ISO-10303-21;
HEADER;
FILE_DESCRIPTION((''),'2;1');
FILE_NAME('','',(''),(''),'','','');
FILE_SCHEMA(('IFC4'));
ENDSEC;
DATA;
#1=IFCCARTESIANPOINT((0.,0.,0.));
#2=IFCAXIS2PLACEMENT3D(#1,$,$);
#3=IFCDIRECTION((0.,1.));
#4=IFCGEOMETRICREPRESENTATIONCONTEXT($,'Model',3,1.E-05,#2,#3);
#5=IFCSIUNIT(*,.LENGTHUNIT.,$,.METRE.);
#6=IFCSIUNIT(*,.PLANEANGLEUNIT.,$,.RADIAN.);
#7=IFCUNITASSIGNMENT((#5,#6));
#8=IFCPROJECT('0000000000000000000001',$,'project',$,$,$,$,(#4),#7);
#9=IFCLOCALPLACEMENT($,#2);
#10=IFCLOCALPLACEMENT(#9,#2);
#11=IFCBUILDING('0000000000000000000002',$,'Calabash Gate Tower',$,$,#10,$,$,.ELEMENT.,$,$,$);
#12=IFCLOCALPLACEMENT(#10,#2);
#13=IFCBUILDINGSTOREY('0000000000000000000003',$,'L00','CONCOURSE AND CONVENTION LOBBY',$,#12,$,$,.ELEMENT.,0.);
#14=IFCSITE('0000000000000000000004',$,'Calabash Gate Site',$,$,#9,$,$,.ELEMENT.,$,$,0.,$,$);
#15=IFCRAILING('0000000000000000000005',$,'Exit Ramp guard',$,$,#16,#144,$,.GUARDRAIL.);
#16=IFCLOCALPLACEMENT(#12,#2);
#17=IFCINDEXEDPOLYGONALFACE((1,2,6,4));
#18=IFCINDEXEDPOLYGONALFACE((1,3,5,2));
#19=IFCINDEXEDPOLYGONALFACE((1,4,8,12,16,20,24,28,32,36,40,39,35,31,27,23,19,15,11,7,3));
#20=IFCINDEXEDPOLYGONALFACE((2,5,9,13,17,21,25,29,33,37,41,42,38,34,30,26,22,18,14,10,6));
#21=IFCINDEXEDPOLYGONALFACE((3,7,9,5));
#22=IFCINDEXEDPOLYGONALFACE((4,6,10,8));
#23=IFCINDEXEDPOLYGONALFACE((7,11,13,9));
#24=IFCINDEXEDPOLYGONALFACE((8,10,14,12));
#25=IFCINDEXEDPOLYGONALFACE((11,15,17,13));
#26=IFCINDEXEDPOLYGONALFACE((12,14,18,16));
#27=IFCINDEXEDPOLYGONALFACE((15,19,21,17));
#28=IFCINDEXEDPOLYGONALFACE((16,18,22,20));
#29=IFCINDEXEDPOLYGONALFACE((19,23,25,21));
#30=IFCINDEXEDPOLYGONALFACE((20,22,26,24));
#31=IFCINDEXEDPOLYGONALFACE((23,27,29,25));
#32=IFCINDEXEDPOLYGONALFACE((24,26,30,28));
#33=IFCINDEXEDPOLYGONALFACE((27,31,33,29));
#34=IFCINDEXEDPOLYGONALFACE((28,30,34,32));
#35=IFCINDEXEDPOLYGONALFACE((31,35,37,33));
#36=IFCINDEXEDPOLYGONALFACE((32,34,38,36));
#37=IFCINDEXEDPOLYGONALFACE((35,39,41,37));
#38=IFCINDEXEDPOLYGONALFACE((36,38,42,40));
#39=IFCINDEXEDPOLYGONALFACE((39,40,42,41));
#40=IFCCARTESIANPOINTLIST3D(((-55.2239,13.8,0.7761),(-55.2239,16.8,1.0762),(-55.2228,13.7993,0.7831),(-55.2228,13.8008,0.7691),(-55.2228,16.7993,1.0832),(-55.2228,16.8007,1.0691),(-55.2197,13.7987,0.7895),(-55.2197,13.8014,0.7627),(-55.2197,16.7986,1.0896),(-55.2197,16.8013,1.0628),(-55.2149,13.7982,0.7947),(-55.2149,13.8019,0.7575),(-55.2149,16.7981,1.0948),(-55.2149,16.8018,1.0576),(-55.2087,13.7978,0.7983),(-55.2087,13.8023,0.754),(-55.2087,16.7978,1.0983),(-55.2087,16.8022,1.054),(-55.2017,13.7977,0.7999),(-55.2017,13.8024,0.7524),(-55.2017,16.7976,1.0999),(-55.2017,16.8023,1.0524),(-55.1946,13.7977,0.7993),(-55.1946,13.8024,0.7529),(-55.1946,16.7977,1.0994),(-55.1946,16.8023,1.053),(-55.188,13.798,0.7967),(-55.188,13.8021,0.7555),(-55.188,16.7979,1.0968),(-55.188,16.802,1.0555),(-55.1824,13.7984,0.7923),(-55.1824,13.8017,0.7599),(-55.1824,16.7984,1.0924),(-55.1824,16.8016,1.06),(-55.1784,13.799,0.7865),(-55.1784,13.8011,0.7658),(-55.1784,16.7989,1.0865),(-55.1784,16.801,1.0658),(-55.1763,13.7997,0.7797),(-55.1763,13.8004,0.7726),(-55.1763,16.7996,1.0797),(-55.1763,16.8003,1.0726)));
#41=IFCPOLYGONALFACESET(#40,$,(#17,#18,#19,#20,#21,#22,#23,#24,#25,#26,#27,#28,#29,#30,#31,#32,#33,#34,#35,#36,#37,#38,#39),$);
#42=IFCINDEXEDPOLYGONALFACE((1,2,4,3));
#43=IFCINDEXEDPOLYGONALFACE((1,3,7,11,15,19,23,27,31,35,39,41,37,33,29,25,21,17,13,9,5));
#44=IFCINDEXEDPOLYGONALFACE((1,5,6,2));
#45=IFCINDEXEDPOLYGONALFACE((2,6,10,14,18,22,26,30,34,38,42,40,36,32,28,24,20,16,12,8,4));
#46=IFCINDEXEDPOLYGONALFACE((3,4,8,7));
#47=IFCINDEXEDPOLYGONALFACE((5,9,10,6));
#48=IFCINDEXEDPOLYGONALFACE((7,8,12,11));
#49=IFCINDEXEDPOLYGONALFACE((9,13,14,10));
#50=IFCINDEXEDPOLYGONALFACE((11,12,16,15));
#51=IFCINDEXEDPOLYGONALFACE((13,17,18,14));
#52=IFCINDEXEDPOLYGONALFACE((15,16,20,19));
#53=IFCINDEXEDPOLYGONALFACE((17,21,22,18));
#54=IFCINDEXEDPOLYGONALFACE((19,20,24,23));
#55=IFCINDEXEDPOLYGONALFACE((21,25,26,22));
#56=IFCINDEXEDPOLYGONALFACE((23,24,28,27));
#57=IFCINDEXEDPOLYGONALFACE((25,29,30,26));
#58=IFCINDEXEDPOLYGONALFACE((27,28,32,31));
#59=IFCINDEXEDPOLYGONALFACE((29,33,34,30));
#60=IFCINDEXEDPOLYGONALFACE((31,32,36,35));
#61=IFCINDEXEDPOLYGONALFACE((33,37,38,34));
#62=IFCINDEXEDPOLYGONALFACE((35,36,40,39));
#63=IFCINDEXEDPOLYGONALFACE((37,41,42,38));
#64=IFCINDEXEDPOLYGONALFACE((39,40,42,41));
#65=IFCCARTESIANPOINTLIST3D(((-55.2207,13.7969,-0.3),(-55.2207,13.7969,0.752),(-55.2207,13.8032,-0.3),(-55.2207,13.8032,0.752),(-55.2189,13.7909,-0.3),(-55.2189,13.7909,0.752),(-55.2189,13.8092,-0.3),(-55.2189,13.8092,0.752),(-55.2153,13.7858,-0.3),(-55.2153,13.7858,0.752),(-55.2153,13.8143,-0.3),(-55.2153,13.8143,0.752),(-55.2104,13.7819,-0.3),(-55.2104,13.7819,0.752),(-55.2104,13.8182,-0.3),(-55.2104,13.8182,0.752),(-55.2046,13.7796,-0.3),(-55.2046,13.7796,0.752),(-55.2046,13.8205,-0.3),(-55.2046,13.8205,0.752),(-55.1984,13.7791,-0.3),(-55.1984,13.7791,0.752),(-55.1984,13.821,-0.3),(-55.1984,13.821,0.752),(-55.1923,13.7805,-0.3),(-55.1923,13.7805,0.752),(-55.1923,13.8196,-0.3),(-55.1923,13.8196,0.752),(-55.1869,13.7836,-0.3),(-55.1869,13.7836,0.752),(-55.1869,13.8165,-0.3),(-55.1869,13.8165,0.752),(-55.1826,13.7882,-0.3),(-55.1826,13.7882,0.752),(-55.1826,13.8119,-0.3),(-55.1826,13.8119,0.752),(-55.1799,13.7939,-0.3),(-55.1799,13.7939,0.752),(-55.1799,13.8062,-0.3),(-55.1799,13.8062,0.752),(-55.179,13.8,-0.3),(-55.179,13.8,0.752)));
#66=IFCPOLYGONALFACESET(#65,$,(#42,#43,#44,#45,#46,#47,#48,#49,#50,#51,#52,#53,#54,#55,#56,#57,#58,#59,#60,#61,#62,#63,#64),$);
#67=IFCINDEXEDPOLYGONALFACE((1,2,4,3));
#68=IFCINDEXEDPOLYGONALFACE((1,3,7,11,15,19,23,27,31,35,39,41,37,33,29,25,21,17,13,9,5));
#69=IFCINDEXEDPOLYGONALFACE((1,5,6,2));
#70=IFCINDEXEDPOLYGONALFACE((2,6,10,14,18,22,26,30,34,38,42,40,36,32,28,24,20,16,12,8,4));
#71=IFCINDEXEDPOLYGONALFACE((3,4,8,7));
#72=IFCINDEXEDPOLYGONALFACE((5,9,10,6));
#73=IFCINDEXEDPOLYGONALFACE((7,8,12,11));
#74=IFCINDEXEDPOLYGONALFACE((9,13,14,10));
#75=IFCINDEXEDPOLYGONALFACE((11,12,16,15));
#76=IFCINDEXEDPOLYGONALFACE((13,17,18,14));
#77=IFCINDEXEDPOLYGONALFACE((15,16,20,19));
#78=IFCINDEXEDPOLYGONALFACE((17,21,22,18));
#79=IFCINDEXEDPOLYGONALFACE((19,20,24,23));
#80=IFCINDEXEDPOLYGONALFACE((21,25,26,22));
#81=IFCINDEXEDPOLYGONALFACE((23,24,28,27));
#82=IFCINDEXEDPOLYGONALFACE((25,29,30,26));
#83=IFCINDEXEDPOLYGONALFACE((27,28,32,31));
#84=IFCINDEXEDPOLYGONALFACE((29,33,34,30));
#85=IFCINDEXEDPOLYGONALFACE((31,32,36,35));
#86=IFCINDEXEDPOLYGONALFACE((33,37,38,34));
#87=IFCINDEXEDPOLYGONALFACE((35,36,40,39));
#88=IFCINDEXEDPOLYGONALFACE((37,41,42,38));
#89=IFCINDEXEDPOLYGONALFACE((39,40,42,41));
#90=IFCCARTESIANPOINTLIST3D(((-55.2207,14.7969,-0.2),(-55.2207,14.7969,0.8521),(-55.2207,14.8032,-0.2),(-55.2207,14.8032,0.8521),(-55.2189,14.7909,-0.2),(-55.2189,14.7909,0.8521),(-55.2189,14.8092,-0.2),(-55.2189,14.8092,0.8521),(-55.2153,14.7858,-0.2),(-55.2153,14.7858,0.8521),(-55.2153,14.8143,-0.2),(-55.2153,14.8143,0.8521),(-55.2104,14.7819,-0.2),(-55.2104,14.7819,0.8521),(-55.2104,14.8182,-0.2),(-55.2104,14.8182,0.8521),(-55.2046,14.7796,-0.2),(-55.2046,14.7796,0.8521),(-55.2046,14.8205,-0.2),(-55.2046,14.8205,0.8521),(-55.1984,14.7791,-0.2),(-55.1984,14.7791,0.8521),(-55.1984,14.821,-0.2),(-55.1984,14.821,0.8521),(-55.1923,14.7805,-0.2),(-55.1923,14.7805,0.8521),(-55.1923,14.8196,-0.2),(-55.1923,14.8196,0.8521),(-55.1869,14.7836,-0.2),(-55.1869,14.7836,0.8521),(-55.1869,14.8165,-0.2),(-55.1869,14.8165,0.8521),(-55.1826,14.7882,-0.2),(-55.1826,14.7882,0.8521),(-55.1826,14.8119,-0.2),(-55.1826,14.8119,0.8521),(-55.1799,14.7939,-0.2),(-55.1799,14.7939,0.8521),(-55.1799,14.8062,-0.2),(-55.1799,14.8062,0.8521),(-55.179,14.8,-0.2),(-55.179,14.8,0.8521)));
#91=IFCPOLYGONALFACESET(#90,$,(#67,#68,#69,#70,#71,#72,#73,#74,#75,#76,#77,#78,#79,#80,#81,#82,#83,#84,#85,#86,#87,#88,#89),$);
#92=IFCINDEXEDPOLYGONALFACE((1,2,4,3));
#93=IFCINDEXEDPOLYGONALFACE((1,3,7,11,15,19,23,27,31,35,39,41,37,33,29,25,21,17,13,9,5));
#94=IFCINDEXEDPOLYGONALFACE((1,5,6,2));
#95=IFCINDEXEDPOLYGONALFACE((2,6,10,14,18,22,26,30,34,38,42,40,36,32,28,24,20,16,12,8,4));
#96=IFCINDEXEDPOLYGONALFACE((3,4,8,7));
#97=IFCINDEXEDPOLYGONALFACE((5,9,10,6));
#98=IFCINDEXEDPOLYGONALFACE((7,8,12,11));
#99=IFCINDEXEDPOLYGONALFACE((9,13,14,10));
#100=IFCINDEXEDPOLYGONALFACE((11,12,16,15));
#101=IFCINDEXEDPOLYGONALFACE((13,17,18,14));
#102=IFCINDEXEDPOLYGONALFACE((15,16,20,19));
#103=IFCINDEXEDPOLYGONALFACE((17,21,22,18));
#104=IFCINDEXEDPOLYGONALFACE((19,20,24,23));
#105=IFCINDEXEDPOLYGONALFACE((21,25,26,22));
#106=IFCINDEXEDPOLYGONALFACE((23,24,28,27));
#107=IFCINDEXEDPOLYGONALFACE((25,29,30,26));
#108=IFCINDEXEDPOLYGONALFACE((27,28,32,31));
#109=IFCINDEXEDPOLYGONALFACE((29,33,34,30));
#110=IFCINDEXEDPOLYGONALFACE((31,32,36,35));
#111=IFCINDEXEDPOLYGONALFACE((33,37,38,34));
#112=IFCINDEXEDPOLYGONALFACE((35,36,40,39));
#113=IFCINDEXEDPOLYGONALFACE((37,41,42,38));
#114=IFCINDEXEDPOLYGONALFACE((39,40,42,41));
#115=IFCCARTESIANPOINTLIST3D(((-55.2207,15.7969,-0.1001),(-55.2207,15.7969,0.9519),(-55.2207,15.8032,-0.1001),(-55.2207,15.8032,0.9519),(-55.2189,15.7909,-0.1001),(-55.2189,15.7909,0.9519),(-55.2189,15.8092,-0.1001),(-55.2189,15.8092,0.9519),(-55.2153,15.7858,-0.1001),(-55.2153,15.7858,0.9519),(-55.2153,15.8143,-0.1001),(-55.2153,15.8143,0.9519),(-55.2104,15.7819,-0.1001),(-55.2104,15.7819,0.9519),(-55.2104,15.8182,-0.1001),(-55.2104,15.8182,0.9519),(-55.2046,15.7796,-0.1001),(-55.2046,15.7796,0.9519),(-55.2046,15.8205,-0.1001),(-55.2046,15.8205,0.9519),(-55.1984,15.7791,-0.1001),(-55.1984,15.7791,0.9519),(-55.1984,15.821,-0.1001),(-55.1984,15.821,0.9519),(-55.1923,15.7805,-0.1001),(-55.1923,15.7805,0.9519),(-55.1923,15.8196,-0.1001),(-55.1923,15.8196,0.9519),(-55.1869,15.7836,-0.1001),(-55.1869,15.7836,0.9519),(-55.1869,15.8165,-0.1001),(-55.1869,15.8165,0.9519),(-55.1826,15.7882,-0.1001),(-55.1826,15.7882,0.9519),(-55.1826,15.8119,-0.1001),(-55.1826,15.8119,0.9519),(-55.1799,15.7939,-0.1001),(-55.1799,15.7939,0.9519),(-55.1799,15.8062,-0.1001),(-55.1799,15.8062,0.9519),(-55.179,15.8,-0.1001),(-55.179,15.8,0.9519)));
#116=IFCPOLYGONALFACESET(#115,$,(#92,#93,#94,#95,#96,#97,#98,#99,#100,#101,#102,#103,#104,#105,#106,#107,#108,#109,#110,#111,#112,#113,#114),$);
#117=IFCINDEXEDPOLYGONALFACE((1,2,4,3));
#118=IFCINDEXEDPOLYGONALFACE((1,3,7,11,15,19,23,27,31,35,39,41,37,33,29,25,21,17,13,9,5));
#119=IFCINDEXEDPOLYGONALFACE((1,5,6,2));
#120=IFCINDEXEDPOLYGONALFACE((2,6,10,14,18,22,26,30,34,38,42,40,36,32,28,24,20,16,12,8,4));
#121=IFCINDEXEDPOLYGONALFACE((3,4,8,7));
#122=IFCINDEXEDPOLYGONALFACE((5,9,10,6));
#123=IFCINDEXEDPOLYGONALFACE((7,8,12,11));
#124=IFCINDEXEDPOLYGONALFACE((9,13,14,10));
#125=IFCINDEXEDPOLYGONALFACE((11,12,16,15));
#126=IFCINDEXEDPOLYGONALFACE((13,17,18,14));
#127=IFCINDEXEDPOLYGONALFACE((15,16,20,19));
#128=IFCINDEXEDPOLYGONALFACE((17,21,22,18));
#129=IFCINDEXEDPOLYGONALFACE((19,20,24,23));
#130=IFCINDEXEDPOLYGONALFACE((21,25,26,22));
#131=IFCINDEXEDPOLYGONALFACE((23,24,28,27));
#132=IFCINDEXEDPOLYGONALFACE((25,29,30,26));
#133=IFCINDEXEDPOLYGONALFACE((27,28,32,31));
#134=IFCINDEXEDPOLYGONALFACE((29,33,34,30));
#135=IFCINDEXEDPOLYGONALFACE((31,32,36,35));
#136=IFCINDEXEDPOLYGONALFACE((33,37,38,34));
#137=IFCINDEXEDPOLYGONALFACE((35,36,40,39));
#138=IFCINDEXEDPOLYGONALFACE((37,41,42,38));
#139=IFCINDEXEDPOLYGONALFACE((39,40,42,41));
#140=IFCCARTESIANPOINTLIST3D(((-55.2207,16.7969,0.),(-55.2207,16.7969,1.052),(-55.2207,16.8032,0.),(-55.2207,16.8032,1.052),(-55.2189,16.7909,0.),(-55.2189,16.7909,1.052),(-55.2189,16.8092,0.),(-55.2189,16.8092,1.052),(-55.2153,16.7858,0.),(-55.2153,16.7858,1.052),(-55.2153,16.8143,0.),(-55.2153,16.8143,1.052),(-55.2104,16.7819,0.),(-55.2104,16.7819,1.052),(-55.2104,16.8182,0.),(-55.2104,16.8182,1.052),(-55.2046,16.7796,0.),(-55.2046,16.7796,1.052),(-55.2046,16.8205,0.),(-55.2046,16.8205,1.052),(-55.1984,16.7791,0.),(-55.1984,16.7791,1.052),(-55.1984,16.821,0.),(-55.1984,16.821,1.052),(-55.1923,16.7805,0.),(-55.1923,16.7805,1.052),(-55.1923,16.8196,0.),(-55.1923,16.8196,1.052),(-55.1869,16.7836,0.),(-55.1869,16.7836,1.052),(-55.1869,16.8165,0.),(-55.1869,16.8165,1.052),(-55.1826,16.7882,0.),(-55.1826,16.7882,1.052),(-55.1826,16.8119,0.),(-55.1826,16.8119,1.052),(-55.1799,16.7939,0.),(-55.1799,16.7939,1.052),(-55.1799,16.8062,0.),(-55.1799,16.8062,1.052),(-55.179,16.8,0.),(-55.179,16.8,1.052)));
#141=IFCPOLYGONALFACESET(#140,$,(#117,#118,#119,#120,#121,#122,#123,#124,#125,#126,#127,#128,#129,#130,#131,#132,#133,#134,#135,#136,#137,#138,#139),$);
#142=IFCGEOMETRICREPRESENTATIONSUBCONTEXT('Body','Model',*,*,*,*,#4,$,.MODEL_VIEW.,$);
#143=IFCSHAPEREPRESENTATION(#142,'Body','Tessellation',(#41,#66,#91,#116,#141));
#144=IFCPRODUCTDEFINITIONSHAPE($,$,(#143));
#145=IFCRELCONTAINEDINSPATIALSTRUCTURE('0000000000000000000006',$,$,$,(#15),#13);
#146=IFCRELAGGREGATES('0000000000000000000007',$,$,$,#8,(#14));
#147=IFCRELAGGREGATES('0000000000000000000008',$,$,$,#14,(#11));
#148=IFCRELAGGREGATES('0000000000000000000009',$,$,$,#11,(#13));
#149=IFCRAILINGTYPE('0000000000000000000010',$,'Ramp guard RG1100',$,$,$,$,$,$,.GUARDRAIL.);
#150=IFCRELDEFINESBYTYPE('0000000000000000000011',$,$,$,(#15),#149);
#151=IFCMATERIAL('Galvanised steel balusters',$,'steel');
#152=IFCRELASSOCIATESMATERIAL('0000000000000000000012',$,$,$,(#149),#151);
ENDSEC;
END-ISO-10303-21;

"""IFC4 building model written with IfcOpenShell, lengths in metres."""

from ifc_helpers import new_model, si_unit, direction, frame, origin, origin_2d, place, context, subcontext, project, spatial, circle, extrude, material, type_object, element, save


model = new_model("IFC4")

# Units and contexts
model_context = context("Model", 3, precision=1e-05, world=origin(), true_north=direction((0.0, 1.0)))
body_context = subcontext(model_context, "Body", "Model", "MODEL_VIEW")
ifc_project = project(units=[si_unit("LENGTHUNIT", "METRE"), si_unit("PLANEANGLEUNIT", "RADIAN")], contexts=[model_context])

# Site, building, storey
site_placement = place(None, origin())
site = spatial("IfcSite", under=ifc_project, at=site_placement, Name="Calabash Gate Site", CompositionType="ELEMENT", RefElevation=0.0)
building_placement = place(site_placement, origin())
building = spatial("IfcBuilding", under=site, at=building_placement, Name="Calabash Gate Tower", CompositionType="ELEMENT")
storey_placement = place(building_placement, origin())
storey = spatial("IfcBuildingStorey", under=building, at=storey_placement, Name="L00", Description="CONCOURSE AND CONVENTION LOBBY", CompositionType="ELEMENT", Elevation=0.0)

# Railing
ifc_material_1 = material(Name="Galvanised steel balusters", Category="steel")
railing_type = type_object("IfcRailingType", Name="Ramp guard RG1100", PredefinedType="GUARDRAIL", material=ifc_material_1)
for number, where, name in (
    (1, (-55.2, 13.8, -0.3), "Exit Ramp guard"),
):
    element("IfcRailing", number, at=place(storey_placement, frame(where)), inside=storey, type_object=railing_type, Name=name, PredefinedType="GUARDRAIL", context=body_context, shape_type="SweptSolid", body=[
        extrude(circle(Radius=0.0239, at=origin_2d()), frame((0.0, 0.0, 1.0762), z_axis=(0.0, 0.995036, 0.09952), x_axis=(-1.0, 0.0, 0.0)), (0.0, 0.0, 1.0), 3.0149),
        extrude(circle(Radius=0.021, at=origin_2d()), origin(), (0.0, 0.0, 1.0), 1.052),
        extrude(circle(Radius=0.021, at=origin_2d()), frame((0.0, 1.0, 0.1001)), (0.0, 0.0, 1.0), 1.052),
        extrude(circle(Radius=0.021, at=origin_2d()), frame((0.0, 2.0, 0.2)), (0.0, 0.0, 1.0), 1.052),
        extrude(circle(Radius=0.021, at=origin_2d()), frame((0.0, 3.0, 0.3)), (0.0, 0.0, 1.0), 1.052),
    ])

save(model, "model.ifc")
